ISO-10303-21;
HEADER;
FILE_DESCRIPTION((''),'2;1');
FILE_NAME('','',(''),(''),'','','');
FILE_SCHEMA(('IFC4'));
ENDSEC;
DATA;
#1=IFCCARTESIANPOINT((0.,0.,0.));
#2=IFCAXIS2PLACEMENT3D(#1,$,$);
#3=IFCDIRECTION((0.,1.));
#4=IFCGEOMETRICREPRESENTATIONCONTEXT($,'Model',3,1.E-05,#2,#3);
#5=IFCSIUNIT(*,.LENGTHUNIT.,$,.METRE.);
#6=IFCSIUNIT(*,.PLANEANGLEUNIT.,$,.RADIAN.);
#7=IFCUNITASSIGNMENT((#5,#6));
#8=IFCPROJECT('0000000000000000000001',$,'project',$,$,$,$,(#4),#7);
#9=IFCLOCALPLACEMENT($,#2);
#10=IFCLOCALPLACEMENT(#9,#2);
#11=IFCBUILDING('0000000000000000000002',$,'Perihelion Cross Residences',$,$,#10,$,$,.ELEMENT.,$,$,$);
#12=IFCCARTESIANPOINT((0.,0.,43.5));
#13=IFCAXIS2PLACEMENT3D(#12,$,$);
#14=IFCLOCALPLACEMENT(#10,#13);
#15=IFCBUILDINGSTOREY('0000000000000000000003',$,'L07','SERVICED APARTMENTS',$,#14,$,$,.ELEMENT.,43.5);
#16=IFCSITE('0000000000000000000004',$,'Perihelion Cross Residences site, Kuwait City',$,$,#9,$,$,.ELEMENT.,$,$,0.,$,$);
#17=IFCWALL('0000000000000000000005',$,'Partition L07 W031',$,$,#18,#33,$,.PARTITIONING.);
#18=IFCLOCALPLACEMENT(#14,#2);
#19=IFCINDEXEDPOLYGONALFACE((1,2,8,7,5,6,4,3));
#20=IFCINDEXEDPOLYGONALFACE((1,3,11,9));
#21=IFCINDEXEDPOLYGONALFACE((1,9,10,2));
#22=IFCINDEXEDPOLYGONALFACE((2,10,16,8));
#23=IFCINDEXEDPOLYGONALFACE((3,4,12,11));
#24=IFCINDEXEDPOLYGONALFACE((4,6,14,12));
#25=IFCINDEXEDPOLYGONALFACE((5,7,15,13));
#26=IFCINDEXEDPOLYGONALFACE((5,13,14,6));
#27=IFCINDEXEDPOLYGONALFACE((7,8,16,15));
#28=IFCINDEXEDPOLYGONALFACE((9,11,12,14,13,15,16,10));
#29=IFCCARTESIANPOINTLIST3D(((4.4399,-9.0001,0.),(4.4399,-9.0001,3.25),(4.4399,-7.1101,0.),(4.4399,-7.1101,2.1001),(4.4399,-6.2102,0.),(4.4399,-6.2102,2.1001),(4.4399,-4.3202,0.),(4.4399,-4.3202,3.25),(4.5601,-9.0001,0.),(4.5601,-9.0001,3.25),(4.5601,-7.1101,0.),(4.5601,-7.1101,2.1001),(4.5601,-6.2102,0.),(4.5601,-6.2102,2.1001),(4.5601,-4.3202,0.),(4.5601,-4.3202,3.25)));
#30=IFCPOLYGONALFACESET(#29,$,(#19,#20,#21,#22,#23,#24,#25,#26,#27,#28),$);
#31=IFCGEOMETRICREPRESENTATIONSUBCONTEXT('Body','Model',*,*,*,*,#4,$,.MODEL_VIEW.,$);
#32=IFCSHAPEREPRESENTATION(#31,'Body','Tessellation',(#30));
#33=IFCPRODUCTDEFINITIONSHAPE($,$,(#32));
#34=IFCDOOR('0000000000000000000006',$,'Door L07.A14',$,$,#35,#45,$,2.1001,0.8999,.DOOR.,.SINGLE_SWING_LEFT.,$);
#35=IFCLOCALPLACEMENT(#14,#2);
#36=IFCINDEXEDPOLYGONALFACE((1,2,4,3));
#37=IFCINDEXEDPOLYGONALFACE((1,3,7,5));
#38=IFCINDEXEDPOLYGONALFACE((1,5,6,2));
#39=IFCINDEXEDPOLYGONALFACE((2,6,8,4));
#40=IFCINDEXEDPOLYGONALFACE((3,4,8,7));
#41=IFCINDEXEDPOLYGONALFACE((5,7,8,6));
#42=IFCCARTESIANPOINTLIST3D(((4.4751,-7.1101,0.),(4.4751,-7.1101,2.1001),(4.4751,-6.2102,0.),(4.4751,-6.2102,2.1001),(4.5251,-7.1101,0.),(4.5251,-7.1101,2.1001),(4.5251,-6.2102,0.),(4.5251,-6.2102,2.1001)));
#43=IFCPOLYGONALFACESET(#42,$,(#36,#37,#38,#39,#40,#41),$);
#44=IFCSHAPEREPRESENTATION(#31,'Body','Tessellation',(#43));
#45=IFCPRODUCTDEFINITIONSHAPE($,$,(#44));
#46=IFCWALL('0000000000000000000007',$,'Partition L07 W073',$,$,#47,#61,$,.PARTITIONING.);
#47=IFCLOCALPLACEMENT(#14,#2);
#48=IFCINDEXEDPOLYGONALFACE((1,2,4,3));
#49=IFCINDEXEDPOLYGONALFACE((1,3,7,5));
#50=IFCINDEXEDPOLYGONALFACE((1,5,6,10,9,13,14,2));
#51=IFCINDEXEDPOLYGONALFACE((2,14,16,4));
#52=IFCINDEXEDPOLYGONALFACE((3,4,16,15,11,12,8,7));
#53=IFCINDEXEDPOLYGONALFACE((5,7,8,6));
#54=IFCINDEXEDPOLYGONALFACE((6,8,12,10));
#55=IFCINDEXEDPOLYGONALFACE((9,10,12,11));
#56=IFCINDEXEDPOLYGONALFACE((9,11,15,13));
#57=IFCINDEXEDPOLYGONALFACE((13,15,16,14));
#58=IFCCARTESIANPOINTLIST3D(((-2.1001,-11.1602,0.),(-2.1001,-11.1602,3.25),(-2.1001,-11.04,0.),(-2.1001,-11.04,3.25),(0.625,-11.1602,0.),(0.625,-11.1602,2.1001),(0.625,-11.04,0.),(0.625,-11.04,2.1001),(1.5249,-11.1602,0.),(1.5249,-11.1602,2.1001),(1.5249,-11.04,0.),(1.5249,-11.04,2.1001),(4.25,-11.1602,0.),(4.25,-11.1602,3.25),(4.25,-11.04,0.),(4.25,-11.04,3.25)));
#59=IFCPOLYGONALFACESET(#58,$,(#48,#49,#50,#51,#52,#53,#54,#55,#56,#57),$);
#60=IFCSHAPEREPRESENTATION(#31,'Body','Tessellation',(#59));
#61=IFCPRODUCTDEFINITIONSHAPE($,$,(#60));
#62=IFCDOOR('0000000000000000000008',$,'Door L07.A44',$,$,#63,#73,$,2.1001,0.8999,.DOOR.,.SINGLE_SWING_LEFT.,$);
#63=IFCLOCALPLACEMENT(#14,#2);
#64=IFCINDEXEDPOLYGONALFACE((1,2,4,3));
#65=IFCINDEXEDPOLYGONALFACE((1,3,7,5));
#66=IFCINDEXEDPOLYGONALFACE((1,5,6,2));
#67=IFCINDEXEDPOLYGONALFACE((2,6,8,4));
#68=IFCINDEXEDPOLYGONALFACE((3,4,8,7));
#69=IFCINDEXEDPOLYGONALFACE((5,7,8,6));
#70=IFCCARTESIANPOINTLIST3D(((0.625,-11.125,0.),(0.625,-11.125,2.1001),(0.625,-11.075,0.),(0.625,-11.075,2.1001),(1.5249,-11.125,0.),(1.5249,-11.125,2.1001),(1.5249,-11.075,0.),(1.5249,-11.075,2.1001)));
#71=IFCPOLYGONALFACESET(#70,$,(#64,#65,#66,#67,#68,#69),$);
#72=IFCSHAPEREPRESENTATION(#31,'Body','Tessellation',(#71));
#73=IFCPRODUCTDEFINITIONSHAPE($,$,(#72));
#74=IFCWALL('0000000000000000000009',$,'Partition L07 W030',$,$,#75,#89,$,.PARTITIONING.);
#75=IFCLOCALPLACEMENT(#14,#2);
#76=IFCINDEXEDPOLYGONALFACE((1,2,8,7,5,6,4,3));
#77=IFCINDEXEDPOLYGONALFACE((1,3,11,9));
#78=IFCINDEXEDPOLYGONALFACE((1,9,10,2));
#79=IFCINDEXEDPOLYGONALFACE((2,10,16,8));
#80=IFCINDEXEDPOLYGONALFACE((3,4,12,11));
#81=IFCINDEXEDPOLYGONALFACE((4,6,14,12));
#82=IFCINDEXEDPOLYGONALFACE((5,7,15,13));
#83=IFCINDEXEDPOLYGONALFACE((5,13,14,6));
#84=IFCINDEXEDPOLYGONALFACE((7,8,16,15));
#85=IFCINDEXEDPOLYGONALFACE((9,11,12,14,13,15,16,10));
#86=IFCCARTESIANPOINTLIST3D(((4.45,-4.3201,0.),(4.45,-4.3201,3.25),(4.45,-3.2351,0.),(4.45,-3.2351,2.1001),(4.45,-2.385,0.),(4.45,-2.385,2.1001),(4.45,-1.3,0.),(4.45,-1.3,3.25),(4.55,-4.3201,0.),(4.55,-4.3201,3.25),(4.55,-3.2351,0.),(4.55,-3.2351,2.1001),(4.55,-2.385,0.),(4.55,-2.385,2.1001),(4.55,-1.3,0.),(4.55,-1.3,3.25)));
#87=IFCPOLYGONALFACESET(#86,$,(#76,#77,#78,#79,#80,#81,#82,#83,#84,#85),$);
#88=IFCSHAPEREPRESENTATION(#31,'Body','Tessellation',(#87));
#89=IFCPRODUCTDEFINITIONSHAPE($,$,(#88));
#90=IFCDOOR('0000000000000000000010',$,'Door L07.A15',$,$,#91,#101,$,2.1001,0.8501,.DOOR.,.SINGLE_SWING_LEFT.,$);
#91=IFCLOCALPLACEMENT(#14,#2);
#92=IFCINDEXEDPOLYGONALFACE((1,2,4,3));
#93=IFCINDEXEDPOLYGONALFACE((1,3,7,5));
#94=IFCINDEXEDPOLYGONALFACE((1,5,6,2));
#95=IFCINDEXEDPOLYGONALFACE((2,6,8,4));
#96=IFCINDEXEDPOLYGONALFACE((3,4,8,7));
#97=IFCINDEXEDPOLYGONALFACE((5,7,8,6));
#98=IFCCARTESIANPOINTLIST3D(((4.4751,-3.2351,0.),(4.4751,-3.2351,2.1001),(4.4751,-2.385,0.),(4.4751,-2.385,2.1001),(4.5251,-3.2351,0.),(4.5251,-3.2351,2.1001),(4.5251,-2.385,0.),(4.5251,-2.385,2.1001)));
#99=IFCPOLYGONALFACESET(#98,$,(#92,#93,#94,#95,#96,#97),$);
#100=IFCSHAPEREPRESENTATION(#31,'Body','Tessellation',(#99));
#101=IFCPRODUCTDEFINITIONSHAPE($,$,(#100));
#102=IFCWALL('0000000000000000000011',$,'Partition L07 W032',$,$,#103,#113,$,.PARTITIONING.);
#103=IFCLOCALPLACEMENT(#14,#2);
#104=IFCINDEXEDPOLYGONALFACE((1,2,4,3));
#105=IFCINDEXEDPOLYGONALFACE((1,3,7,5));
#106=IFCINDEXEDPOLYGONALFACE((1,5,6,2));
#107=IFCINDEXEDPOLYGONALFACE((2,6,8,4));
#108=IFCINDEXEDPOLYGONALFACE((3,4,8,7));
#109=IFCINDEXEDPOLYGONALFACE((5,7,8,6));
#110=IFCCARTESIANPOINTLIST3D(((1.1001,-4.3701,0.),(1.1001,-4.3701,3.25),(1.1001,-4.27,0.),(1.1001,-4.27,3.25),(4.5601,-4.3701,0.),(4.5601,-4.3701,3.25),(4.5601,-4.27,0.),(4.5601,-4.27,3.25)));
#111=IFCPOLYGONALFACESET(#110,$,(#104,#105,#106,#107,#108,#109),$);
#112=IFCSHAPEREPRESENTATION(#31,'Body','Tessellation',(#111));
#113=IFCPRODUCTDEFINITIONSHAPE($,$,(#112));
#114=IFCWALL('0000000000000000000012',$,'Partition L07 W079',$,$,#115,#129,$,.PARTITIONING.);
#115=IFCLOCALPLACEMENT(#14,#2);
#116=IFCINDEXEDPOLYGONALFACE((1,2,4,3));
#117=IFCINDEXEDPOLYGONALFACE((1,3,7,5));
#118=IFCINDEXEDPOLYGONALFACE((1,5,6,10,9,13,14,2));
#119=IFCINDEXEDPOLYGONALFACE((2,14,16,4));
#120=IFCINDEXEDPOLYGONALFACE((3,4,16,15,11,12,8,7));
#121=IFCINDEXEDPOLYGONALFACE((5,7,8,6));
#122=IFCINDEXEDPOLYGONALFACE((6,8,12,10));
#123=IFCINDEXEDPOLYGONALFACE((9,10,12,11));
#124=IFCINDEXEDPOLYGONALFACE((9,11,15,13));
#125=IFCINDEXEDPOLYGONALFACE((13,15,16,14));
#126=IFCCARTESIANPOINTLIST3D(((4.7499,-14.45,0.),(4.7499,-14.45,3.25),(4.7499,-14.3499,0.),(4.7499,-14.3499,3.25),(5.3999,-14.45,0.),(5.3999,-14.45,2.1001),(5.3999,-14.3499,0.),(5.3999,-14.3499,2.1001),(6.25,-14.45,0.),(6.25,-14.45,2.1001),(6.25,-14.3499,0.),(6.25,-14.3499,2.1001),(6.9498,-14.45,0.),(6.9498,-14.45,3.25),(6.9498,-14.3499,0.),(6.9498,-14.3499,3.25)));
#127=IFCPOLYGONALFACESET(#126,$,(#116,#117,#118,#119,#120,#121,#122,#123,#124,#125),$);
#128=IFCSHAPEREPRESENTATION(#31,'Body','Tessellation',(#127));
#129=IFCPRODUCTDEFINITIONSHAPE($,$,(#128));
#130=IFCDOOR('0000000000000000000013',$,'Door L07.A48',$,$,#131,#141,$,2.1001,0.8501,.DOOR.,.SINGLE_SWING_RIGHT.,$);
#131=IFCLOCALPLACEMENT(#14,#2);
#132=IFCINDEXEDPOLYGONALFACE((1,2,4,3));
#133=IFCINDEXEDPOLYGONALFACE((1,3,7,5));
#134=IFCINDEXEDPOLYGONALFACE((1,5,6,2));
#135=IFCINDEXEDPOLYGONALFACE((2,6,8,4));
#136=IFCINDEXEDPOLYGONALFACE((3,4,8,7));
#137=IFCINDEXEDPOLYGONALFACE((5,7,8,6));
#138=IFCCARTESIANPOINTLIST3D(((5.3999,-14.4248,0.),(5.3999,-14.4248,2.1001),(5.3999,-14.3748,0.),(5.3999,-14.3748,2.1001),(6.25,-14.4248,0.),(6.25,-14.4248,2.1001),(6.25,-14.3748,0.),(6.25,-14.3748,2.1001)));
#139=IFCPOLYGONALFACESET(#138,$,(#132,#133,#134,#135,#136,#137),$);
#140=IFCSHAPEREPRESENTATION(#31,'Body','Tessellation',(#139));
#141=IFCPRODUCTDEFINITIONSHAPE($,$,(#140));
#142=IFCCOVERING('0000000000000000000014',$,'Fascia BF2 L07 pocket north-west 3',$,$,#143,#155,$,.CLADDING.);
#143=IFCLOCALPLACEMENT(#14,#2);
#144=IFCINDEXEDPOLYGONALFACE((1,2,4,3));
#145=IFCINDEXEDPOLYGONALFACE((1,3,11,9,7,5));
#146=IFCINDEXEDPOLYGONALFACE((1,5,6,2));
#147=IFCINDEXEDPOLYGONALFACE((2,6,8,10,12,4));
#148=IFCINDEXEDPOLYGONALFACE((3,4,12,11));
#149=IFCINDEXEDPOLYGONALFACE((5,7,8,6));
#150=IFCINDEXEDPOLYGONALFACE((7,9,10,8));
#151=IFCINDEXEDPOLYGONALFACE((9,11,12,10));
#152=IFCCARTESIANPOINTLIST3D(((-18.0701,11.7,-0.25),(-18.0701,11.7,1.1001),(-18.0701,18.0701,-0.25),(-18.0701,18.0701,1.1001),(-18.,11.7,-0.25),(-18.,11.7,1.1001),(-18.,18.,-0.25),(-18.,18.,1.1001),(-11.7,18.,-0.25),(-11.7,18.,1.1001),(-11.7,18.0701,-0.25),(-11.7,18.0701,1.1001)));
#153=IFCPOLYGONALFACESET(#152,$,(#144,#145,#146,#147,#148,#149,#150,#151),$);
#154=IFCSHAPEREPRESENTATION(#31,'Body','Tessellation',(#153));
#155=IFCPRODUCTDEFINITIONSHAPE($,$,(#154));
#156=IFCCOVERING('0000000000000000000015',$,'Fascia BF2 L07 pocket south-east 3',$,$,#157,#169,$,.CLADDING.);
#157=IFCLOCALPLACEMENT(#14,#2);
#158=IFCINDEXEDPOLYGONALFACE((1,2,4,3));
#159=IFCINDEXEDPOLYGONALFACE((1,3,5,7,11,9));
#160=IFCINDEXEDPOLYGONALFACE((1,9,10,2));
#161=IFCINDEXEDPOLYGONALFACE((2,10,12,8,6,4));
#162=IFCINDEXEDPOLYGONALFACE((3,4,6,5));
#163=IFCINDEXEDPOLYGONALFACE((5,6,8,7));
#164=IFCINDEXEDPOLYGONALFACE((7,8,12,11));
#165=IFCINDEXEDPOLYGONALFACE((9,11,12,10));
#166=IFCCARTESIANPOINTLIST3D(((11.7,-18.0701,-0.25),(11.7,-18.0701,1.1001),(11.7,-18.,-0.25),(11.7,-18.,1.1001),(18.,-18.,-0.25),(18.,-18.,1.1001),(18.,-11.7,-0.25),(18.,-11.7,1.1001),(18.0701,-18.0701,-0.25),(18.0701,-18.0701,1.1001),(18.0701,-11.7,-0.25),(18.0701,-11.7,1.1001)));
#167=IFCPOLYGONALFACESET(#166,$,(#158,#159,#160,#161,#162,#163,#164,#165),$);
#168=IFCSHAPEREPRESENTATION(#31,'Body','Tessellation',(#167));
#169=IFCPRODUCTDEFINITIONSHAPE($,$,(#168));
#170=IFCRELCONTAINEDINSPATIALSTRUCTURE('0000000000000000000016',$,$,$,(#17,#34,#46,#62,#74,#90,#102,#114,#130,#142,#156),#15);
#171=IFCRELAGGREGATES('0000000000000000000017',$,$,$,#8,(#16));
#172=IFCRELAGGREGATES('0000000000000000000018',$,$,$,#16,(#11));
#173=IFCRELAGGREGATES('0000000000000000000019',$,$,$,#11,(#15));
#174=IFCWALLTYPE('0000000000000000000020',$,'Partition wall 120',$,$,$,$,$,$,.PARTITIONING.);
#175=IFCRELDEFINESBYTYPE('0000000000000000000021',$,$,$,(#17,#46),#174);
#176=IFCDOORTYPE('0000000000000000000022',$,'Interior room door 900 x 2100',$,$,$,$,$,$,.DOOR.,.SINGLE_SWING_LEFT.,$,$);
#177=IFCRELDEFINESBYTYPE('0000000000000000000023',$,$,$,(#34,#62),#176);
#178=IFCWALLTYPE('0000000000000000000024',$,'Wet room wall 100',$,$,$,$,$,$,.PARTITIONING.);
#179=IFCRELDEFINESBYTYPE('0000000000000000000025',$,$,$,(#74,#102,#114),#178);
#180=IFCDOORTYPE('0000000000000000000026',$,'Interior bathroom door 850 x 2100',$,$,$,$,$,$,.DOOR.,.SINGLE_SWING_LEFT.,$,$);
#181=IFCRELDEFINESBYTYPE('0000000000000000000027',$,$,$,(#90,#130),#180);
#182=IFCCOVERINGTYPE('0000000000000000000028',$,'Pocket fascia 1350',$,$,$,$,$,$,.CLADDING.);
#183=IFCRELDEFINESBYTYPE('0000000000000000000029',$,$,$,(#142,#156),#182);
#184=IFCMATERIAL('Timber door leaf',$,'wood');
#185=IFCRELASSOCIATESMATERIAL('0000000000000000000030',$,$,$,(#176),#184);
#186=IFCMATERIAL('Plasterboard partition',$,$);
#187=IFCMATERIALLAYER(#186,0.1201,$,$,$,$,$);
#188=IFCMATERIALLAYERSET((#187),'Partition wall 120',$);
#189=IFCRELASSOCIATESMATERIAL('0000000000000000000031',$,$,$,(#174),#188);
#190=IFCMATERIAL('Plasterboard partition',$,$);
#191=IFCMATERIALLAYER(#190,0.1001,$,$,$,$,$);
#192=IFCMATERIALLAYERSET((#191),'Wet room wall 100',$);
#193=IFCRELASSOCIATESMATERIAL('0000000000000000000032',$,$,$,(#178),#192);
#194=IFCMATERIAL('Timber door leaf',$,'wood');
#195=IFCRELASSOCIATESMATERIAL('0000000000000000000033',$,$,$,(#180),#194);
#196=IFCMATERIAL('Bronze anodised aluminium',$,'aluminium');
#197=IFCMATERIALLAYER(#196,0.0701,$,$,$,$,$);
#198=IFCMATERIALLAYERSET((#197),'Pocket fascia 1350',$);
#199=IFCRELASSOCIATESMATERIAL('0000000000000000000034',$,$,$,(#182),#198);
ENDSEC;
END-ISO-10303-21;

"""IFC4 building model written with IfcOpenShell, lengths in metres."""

from ifc_helpers import new_model, si_unit, direction, frame, frame_2d, origin, place, context, subcontext, project, spatial, polyline, rectangle, outline, extrude, material, layer, layer_set, type_object, element, fill, save


model = new_model("IFC4")

# Units and contexts
model_context = context("Model", 3, precision=1e-05, world=origin(), true_north=direction((0.0, 1.0)))
body_context = subcontext(model_context, "Body", "Model", "MODEL_VIEW")
ifc_project = project(units=[si_unit("LENGTHUNIT", "METRE"), si_unit("PLANEANGLEUNIT", "RADIAN")], contexts=[model_context])

# Site, building, storey
site_placement = place(None, origin())
site = spatial("IfcSite", under=ifc_project, at=site_placement, Name="Perihelion Cross Residences site, Kuwait City", CompositionType="ELEMENT", RefElevation=0.0)
building_placement = place(site_placement, origin())
building = spatial("IfcBuilding", under=site, at=building_placement, Name="Perihelion Cross Residences", CompositionType="ELEMENT")
storey_placement = place(building_placement, frame((0.0, 0.0, 43.5)))
storey = spatial("IfcBuildingStorey", under=building, at=storey_placement, Name="L07", Description="SERVICED APARTMENTS", CompositionType="ELEMENT", Elevation=43.5)

# Walls, openings, doors
ifc_material_1 = material(Name="Timber door leaf", Category="wood")
door_type_1 = type_object("IfcDoorType", Name="Interior room door 900 x 2100", OperationType="SINGLE_SWING_LEFT", PredefinedType="DOOR", material=ifc_material_1)
ifc_material_2 = material(Name="Plasterboard partition")
ifc_layer_1 = layer(ifc_material_2, 0.1201)
ifc_layer_set_1 = layer_set([ifc_layer_1], Name="Partition wall 120")
wall_type_1 = type_object("IfcWallType", Name="Partition wall 120", PredefinedType="PARTITIONING", material=ifc_layer_set_1)
wall_1_placement = place(storey_placement, frame((4.5, -9.0, 0.0), z_axis=(0.0, 0.0, 1.0), x_axis=(0.0, 1.0, 0.0)))
wall_1 = element("IfcWall", 1, at=wall_1_placement, inside=storey, type_object=wall_type_1, Name="Partition L07 W031", PredefinedType="PARTITIONING", context=body_context, shape_type="SweptSolid", body=[
    extrude(rectangle(XDim=4.6799, YDim=0.1201, at=frame_2d((2.3398, 0.0))), origin(), (0.0, 0.0, 1.0), 3.25),
])
opening_1_placement = place(wall_1_placement, frame((1.8899, 0.0, 0.0)))
opening_1 = element("IfcOpeningElement", 2, at=opening_1_placement, cuts=wall_1, PredefinedType="OPENING", context=body_context, shape_type="SweptSolid", body=[
    extrude(rectangle(XDim=0.8999, YDim=2.1001, at=frame_2d((0.45, 1.05))), frame((0.0, 0.0701, 0.0), z_axis=(0.0, -1.0, 0.0), x_axis=(1.0, 0.0, 0.0)), (0.0, 0.0, 1.0), 0.1401),
])
door_1_placement = place(opening_1_placement, origin())
door_1 = element("IfcDoor", 3, at=door_1_placement, inside=storey, type_object=door_type_1, Name="Door L07.A14", OperationType="SINGLE_SWING_LEFT", OverallHeight=2.1001, OverallWidth=0.8999, PredefinedType="DOOR", context=body_context, shape_type="SweptSolid", body=[
    extrude(rectangle(XDim=0.8999, YDim=2.1001, at=frame_2d((0.45, 1.05))), frame((0.0, 0.0249, 0.0), z_axis=(0.0, -1.0, 0.0), x_axis=(1.0, 0.0, 0.0)), (0.0, 0.0, 1.0), 0.05),
])
fill(opening_1, door_1)
wall_2_placement = place(storey_placement, frame((4.25, -11.1001, 0.0), z_axis=(0.0, 0.0, 1.0), x_axis=(-1.0, 0.0, 0.0)))
wall_2 = element("IfcWall", 4, at=wall_2_placement, inside=storey, type_object=wall_type_1, Name="Partition L07 W073", PredefinedType="PARTITIONING", context=body_context, shape_type="SweptSolid", body=[
    extrude(rectangle(XDim=6.3501, YDim=0.1201, at=frame_2d((3.175, 0.0))), origin(), (0.0, 0.0, 1.0), 3.25),
])
opening_2_placement = place(wall_2_placement, frame((2.7251, 0.0, 0.0)))
opening_2 = element("IfcOpeningElement", 5, at=opening_2_placement, cuts=wall_2, PredefinedType="OPENING", context=body_context, shape_type="SweptSolid", body=[
    extrude(rectangle(XDim=0.8999, YDim=2.1001, at=frame_2d((0.45, 1.05))), frame((0.0, 0.0701, 0.0), z_axis=(0.0, -1.0, 0.0), x_axis=(1.0, 0.0, 0.0)), (0.0, 0.0, 1.0), 0.1401),
])
door_2_placement = place(opening_2_placement, origin())
door_2 = element("IfcDoor", 6, at=door_2_placement, inside=storey, type_object=door_type_1, Name="Door L07.A44", OperationType="SINGLE_SWING_LEFT", OverallHeight=2.1001, OverallWidth=0.8999, PredefinedType="DOOR", context=body_context, shape_type="SweptSolid", body=[
    extrude(rectangle(XDim=0.8999, YDim=2.1001, at=frame_2d((0.45, 1.05))), frame((0.0, 0.0249, 0.0), z_axis=(0.0, -1.0, 0.0), x_axis=(1.0, 0.0, 0.0)), (0.0, 0.0, 1.0), 0.05),
])
fill(opening_2, door_2)
ifc_material_3 = material(Name="Plasterboard partition")
ifc_layer_2 = layer(ifc_material_3, 0.1001)
ifc_layer_set_2 = layer_set([ifc_layer_2], Name="Wet room wall 100")
wall_type_2 = type_object("IfcWallType", Name="Wet room wall 100", PredefinedType="PARTITIONING", material=ifc_layer_set_2)
wall_3_placement = place(storey_placement, frame((4.5, -4.3201, 0.0), z_axis=(0.0, 0.0, 1.0), x_axis=(0.0, 1.0, 0.0)))
wall_3 = element("IfcWall", 7, at=wall_3_placement, inside=storey, type_object=wall_type_2, Name="Partition L07 W030", PredefinedType="PARTITIONING", context=body_context, shape_type="SweptSolid", body=[
    extrude(rectangle(XDim=3.02, YDim=0.1001, at=frame_2d((1.51, 0.0))), origin(), (0.0, 0.0, 1.0), 3.25),
])
opening_3_placement = place(wall_3_placement, frame((1.085, 0.0, 0.0)))
opening_3 = element("IfcOpeningElement", 8, at=opening_3_placement, cuts=wall_3, PredefinedType="OPENING", context=body_context, shape_type="SweptSolid", body=[
    extrude(rectangle(XDim=0.8501, YDim=2.1001, at=frame_2d((0.425, 1.05))), frame((0.0, 0.0601, 0.0), z_axis=(0.0, -1.0, 0.0), x_axis=(1.0, 0.0, 0.0)), (0.0, 0.0, 1.0), 0.1201),
])
ifc_material_4 = material(Name="Timber door leaf", Category="wood")
door_type_2 = type_object("IfcDoorType", Name="Interior bathroom door 850 x 2100", OperationType="SINGLE_SWING_LEFT", PredefinedType="DOOR", material=ifc_material_4)
door_3_placement = place(opening_3_placement, origin())
door_3 = element("IfcDoor", 9, at=door_3_placement, inside=storey, type_object=door_type_2, Name="Door L07.A15", OperationType="SINGLE_SWING_LEFT", OverallHeight=2.1001, OverallWidth=0.8501, PredefinedType="DOOR", context=body_context, shape_type="SweptSolid", body=[
    extrude(rectangle(XDim=0.8501, YDim=2.1001, at=frame_2d((0.425, 1.05))), frame((0.0, 0.0249, 0.0), z_axis=(0.0, -1.0, 0.0), x_axis=(1.0, 0.0, 0.0)), (0.0, 0.0, 1.0), 0.05),
])
fill(opening_3, door_3)

# Wall
wall_4_placement = place(storey_placement, frame((4.5601, -4.3201, 0.0), z_axis=(0.0, 0.0, 1.0), x_axis=(-1.0, 0.0, 0.0)))
element("IfcWall", 10, at=wall_4_placement, inside=storey, type_object=wall_type_2, Name="Partition L07 W032", PredefinedType="PARTITIONING", context=body_context, shape_type="SweptSolid", body=[
    extrude(rectangle(XDim=3.46, YDim=0.1001, at=frame_2d((1.73, 0.0))), origin(), (0.0, 0.0, 1.0), 3.25),
])

# Wall, opening, door
wall_5_placement = place(storey_placement, frame((6.95, -14.3999, 0.0), z_axis=(0.0, 0.0, 1.0), x_axis=(-1.0, 0.0, 0.0)))
wall_5 = element("IfcWall", 11, at=wall_5_placement, inside=storey, type_object=wall_type_2, Name="Partition L07 W079", PredefinedType="PARTITIONING", context=body_context, shape_type="SweptSolid", body=[
    extrude(rectangle(XDim=2.2, YDim=0.1001, at=frame_2d((1.1001, 0.0))), origin(), (0.0, 0.0, 1.0), 3.25),
])
opening_4_placement = place(wall_5_placement, frame((0.7, 0.0, 0.0)))
opening_4 = element("IfcOpeningElement", 12, at=opening_4_placement, cuts=wall_5, PredefinedType="OPENING", context=body_context, shape_type="SweptSolid", body=[
    extrude(rectangle(XDim=0.8501, YDim=2.1001, at=frame_2d((0.425, 1.05))), frame((0.0, 0.0601, 0.0), z_axis=(0.0, -1.0, 0.0), x_axis=(1.0, 0.0, 0.0)), (0.0, 0.0, 1.0), 0.1201),
])
door_4_placement = place(opening_4_placement, origin())
door_4 = element("IfcDoor", 13, at=door_4_placement, inside=storey, type_object=door_type_2, Name="Door L07.A48", OperationType="SINGLE_SWING_RIGHT", OverallHeight=2.1001, OverallWidth=0.8501, PredefinedType="DOOR", context=body_context, shape_type="SweptSolid", body=[
    extrude(rectangle(XDim=0.8501, YDim=2.1001, at=frame_2d((0.425, 1.05))), frame((0.0, 0.0249, 0.0), z_axis=(0.0, -1.0, 0.0), x_axis=(1.0, 0.0, 0.0)), (0.0, 0.0, 1.0), 0.05),
])
fill(opening_4, door_4)

# Coverings
ifc_material_5 = material(Name="Bronze anodised aluminium", Category="aluminium")
ifc_layer_3 = layer(ifc_material_5, 0.0701)
ifc_layer_set_3 = layer_set([ifc_layer_3], Name="Pocket fascia 1350")
covering_type_1 = type_object("IfcCoveringType", Name="Pocket fascia 1350", PredefinedType="CLADDING", material=ifc_layer_set_3)
covering_1_placement = place(storey_placement, frame((0.0, 0.0, -0.25)))
element("IfcCovering", 14, at=covering_1_placement, inside=storey, type_object=covering_type_1, Name="Fascia BF2 L07 pocket north-west 3", PredefinedType="CLADDING", context=body_context, shape_type="SweptSolid", body=[
    extrude(outline(polyline([(-18.0701, 18.0701), (-18.0701, 11.7), (-18.0, 11.7), (-18.0, 18.0), (-11.7, 18.0), (-11.7, 18.0701), (-18.0701, 18.0701)])), origin(), (0.0, 0.0, 1.0), 1.3501),
])
covering_2_placement = place(storey_placement, frame((0.0, 0.0, -0.25)))
element("IfcCovering", 15, at=covering_2_placement, inside=storey, type_object=covering_type_1, Name="Fascia BF2 L07 pocket south-east 3", PredefinedType="CLADDING", context=body_context, shape_type="SweptSolid", body=[
    extrude(outline(polyline([(18.0701, -18.0701), (18.0701, -11.7), (18.0, -11.7), (18.0, -18.0), (11.7, -18.0), (11.7, -18.0701), (18.0701, -18.0701)])), origin(), (0.0, 0.0, 1.0), 1.3501),
])

save(model, "model.ifc")
